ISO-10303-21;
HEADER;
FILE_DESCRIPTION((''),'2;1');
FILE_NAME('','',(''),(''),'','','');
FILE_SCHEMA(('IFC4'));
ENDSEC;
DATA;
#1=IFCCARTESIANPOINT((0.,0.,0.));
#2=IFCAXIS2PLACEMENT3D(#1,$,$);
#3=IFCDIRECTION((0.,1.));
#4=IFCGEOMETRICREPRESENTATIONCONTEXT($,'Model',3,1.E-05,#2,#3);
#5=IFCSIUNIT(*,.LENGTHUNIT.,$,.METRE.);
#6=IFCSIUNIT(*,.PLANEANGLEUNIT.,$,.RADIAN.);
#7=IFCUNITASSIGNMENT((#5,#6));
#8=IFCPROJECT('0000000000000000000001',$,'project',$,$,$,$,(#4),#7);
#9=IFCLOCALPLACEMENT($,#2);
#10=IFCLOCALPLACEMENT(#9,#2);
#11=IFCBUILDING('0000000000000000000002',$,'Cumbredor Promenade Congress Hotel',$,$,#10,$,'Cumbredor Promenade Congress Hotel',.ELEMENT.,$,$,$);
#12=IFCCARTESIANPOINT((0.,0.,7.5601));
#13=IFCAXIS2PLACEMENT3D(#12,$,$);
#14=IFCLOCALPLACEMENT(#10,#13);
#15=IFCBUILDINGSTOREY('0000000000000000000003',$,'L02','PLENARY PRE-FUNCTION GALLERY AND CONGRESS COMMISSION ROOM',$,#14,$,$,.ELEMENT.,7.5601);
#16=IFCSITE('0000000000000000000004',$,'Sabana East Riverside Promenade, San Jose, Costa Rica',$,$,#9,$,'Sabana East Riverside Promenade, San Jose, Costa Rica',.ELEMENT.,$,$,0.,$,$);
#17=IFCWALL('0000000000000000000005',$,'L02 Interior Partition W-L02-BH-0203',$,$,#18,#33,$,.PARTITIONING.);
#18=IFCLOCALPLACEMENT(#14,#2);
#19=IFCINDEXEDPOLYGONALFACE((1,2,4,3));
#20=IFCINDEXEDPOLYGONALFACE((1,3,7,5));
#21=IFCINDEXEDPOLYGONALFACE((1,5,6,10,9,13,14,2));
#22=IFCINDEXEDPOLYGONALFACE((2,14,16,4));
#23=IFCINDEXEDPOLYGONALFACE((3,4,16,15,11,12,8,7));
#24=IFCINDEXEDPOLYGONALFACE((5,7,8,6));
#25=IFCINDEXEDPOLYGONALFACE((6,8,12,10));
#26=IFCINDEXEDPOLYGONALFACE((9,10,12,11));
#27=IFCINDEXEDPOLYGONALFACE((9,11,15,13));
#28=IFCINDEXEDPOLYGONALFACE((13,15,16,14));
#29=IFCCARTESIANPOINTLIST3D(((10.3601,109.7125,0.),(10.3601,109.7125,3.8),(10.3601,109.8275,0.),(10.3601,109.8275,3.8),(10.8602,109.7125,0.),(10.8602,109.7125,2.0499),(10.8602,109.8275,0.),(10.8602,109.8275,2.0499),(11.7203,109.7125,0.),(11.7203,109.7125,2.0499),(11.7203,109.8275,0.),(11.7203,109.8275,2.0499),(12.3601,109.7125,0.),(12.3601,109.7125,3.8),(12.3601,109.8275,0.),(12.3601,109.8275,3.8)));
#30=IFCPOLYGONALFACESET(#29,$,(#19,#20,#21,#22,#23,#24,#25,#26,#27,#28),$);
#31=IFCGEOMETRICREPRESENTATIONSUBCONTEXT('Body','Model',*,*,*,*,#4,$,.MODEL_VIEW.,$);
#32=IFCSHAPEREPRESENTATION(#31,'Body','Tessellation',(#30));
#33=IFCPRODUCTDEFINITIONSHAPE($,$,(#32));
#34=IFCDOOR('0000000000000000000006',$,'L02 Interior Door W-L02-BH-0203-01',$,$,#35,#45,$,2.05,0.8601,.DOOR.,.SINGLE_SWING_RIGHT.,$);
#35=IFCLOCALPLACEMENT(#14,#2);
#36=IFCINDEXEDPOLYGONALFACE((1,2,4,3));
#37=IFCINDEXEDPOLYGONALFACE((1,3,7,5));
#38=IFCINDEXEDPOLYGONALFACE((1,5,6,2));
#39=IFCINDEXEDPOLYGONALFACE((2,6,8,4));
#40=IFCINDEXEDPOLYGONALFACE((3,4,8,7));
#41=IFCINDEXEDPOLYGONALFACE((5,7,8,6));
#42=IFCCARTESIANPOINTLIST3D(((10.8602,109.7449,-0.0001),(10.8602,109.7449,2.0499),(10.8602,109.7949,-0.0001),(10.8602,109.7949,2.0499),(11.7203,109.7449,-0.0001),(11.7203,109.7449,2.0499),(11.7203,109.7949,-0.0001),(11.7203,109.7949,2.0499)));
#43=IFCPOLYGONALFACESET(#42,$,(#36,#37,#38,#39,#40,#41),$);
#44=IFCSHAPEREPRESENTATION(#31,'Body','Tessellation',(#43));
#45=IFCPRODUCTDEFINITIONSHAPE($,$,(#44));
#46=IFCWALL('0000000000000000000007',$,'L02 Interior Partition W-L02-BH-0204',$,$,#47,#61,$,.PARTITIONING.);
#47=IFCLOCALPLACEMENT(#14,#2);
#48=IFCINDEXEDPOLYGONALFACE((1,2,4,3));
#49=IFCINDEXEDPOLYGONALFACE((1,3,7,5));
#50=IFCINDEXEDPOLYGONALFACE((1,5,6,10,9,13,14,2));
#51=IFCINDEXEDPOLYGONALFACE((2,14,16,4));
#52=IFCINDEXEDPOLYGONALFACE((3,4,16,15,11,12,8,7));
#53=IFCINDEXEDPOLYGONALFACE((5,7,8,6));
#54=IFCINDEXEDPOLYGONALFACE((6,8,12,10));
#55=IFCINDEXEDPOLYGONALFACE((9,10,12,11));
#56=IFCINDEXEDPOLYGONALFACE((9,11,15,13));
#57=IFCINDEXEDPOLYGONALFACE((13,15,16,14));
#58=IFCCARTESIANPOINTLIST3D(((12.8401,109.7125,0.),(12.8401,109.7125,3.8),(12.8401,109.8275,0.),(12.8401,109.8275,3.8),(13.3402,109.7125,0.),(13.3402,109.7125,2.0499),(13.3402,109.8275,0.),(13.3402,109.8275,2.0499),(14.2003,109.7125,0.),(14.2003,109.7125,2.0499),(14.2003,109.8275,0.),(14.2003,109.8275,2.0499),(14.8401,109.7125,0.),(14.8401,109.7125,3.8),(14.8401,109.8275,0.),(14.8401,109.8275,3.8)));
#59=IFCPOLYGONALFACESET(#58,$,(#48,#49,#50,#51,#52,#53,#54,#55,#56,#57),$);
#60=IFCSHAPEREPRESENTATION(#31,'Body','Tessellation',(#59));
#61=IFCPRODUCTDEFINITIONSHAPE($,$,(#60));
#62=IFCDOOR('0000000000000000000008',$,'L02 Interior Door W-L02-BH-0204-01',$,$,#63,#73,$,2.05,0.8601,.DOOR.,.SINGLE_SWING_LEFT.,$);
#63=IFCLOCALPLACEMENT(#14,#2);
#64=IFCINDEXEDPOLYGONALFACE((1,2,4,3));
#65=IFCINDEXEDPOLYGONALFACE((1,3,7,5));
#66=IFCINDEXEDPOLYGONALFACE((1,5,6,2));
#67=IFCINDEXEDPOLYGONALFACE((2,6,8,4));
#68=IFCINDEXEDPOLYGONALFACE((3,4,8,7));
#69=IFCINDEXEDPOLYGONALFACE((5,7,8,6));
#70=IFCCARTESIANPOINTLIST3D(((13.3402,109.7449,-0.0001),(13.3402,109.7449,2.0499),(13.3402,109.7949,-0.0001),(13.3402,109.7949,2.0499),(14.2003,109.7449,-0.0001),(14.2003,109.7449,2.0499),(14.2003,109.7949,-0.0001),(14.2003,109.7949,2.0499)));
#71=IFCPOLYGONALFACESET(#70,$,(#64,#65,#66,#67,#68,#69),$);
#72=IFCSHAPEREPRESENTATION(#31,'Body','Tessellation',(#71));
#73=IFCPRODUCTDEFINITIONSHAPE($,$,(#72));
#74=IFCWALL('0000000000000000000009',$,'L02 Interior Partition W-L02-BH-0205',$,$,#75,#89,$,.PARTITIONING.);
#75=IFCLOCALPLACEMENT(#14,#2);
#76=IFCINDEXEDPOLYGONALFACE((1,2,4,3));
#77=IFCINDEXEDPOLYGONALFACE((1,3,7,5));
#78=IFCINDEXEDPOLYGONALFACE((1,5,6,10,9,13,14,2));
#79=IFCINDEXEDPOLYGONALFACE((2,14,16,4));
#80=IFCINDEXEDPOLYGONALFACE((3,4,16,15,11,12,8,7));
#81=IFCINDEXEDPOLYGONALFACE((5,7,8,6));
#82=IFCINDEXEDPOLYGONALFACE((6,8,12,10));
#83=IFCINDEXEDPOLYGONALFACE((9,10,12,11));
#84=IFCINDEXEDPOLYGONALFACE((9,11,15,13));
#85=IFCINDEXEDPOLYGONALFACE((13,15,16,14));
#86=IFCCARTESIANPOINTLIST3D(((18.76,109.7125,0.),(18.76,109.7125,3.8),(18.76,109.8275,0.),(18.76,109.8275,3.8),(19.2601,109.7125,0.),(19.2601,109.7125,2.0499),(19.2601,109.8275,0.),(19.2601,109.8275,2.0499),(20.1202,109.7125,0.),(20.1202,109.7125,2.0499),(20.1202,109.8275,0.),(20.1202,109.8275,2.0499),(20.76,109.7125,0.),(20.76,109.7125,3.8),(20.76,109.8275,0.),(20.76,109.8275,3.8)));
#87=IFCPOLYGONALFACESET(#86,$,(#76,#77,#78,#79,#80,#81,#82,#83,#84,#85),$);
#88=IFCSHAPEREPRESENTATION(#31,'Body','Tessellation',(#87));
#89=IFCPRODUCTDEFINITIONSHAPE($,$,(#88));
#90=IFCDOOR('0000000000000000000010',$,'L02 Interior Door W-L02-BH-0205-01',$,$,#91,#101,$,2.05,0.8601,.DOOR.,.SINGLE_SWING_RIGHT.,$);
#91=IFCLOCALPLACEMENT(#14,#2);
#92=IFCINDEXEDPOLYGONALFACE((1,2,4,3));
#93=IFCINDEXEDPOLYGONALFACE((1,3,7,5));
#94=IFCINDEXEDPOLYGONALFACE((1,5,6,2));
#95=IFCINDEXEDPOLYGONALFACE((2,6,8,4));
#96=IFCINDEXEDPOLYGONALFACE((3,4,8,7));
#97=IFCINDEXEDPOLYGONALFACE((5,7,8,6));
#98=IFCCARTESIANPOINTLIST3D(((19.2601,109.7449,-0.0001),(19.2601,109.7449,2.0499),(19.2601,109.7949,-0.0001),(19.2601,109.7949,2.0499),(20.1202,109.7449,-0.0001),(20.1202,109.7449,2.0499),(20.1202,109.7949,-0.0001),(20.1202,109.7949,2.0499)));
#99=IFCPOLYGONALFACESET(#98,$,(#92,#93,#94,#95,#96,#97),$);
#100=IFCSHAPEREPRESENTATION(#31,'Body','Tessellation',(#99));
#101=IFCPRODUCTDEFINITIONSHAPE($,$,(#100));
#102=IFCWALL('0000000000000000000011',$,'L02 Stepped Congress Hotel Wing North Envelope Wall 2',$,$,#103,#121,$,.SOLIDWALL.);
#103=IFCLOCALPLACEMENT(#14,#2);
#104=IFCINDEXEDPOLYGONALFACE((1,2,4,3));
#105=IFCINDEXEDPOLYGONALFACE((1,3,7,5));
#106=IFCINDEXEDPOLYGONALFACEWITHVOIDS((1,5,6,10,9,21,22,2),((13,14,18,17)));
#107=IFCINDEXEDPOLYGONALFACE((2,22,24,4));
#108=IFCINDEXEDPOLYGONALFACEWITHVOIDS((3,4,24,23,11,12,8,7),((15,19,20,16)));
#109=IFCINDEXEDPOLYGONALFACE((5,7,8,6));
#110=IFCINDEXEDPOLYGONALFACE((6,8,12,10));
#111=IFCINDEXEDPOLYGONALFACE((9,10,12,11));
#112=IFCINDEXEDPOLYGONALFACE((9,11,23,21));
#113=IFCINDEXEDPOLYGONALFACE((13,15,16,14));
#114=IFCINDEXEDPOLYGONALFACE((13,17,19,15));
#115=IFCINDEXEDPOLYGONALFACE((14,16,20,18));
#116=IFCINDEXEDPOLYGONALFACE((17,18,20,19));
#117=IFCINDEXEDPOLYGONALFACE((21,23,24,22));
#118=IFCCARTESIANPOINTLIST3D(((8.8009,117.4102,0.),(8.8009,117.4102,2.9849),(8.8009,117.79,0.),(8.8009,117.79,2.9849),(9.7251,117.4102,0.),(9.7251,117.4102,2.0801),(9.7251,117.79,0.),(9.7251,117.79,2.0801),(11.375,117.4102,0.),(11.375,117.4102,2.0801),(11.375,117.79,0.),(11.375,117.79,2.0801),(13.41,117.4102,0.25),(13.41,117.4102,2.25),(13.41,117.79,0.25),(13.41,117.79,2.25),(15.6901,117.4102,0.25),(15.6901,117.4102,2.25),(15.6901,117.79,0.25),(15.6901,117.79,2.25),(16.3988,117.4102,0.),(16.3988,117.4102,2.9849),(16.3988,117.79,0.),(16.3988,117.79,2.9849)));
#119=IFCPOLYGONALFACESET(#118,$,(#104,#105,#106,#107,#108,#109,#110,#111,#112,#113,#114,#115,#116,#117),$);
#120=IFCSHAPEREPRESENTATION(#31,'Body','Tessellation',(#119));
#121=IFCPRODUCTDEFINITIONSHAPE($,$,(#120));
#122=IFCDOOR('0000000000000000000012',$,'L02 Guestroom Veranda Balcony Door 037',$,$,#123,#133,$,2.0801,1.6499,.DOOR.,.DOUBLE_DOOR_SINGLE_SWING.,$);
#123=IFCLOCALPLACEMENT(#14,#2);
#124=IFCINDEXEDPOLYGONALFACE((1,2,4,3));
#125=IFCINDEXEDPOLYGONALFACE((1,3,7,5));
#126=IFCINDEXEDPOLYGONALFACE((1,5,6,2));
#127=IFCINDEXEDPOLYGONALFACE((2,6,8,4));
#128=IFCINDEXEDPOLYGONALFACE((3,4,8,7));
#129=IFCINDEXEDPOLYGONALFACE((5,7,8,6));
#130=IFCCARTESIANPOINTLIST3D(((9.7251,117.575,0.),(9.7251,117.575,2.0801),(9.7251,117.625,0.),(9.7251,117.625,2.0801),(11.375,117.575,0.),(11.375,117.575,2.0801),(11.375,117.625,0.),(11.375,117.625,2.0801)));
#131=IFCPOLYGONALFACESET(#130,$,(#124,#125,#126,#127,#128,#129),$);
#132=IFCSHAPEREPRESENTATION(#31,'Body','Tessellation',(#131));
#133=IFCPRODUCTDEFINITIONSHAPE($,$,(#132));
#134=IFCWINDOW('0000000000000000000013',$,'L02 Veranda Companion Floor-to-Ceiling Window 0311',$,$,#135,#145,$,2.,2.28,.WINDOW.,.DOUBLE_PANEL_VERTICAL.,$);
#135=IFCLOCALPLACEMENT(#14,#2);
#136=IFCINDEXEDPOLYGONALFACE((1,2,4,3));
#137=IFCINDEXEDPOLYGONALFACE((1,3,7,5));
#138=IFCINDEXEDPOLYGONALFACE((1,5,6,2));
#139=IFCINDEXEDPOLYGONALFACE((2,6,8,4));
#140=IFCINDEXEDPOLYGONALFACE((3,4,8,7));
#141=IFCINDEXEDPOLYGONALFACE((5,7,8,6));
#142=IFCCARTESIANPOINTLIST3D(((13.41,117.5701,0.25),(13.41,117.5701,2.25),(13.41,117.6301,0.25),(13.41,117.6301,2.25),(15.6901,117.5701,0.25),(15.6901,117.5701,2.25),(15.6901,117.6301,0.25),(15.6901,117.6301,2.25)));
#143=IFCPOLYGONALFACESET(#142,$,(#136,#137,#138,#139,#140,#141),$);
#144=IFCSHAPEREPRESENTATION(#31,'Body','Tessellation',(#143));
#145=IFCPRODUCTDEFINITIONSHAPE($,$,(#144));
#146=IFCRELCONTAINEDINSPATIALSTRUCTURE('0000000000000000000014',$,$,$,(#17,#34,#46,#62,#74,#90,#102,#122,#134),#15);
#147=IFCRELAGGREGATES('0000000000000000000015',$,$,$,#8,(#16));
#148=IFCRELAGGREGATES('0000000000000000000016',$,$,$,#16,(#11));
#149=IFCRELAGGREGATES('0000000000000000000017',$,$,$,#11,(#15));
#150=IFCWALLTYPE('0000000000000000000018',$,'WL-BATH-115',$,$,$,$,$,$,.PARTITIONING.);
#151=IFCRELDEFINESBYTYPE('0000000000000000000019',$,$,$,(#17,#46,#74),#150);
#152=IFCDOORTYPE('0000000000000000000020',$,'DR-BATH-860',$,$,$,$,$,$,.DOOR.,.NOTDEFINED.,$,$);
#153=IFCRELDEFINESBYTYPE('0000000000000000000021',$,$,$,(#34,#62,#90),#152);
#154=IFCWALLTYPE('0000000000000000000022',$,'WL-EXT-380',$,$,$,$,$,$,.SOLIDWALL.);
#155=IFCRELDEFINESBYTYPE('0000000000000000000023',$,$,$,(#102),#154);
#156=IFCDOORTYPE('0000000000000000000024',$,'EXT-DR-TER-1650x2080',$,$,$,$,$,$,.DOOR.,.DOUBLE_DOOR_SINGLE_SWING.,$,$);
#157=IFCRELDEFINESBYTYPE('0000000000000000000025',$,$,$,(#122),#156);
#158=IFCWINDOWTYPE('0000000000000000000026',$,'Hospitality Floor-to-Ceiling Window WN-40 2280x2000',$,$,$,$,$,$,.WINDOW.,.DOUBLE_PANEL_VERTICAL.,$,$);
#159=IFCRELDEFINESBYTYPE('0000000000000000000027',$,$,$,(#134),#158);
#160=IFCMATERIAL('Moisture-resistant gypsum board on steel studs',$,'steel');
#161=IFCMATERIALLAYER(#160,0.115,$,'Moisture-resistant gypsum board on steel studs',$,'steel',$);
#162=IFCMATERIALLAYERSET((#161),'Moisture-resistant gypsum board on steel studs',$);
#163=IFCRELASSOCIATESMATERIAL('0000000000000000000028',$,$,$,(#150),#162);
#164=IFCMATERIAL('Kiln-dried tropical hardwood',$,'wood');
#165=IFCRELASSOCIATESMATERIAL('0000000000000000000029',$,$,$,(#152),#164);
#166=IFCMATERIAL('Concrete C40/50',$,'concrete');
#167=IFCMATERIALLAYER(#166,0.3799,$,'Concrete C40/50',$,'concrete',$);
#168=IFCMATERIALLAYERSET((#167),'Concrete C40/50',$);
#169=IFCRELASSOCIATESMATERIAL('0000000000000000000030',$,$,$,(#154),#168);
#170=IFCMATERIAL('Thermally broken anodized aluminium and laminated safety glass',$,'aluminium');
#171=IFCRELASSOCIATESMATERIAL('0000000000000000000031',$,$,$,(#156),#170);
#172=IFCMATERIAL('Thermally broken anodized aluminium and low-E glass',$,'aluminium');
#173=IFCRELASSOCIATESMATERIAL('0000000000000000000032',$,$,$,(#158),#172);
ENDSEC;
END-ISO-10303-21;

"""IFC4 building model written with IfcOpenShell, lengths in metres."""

from ifc_helpers import new_model, si_unit, direction, frame, frame_2d, origin, place, context, subcontext, project, spatial, rectangle, extrude, material, layer, layer_set, type_object, element, fill, save


model = new_model("IFC4")

# Units and contexts
model_context = context("Model", 3, precision=1e-05, world=origin(), true_north=direction((0.0, 1.0)))
body_context = subcontext(model_context, "Body", "Model", "MODEL_VIEW")
ifc_project = project(units=[si_unit("LENGTHUNIT", "METRE"), si_unit("PLANEANGLEUNIT", "RADIAN")], contexts=[model_context])

# Site, building, storey
site_placement = place(None, origin())
site = spatial("IfcSite", under=ifc_project, at=site_placement, Name="Sabana East Riverside Promenade, San Jose, Costa Rica", LongName="Sabana East Riverside Promenade, San Jose, Costa Rica", CompositionType="ELEMENT", RefElevation=0.0)
building_placement = place(site_placement, origin())
building = spatial("IfcBuilding", under=site, at=building_placement, Name="Cumbredor Promenade Congress Hotel", LongName="Cumbredor Promenade Congress Hotel", CompositionType="ELEMENT")
storey_placement = place(building_placement, frame((0.0, 0.0, 7.5601)))
storey = spatial("IfcBuildingStorey", under=building, at=storey_placement, Name="L02", Description="PLENARY PRE-FUNCTION GALLERY AND CONGRESS COMMISSION ROOM", CompositionType="ELEMENT", Elevation=7.5601)

# Shared definitions
ifc_material_1 = material(Name="Concrete C40/50", Category="concrete")

# Shared definitions
ifc_material_2 = material(Name="Thermally broken anodized aluminium and low-E glass", Category="aluminium")

# Shared definitions
ifc_material_3 = material(Name="Kiln-dried tropical hardwood", Category="wood")

# Walls, openings, doors
ifc_material_4 = material(Name="Moisture-resistant gypsum board on steel studs", Category="steel")
ifc_layer_1 = layer(ifc_material_4, 0.115, Name="Moisture-resistant gypsum board on steel studs", Category="steel")
ifc_layer_set_1 = layer_set([ifc_layer_1], Name="Moisture-resistant gypsum board on steel studs")
wall_type_1 = type_object("IfcWallType", Name="WL-BATH-115", PredefinedType="PARTITIONING", material=ifc_layer_set_1)
wall_1_placement = place(storey_placement, frame((10.3601, 109.77, 0.0), z_axis=(0.0, 0.0, 1.0), x_axis=(1.0, 0.0, 0.0)))
wall_1 = element("IfcWall", 1, at=wall_1_placement, inside=storey, type_object=wall_type_1, Name="L02 Interior Partition W-L02-BH-0203", PredefinedType="PARTITIONING", context=body_context, shape_type="SweptSolid", body=[
    extrude(rectangle(XDim=2.0, YDim=0.115, at=frame_2d((1.0, 0.0))), origin(), (0.0, 0.0, 1.0), 3.8),
])
opening_1_placement = place(wall_1_placement, frame((0.5, 0.0, 0.0)))
opening_1 = element("IfcOpeningElement", 2, at=opening_1_placement, cuts=wall_1, PredefinedType="OPENING", context=body_context, shape_type="SweptSolid", body=[
    extrude(rectangle(XDim=0.8601, YDim=2.05, at=frame_2d((0.4302, 1.0249))), frame((0.0, 0.0674, 0.0), z_axis=(0.0, -1.0, 0.0), x_axis=(1.0, 0.0, 0.0)), (0.0, 0.0, 1.0), 0.135),
])
door_type_1 = type_object("IfcDoorType", Name="DR-BATH-860", OperationType="NOTDEFINED", PredefinedType="DOOR", material=ifc_material_3)
door_1_placement = place(opening_1_placement, origin())
door_1 = element("IfcDoor", 3, at=door_1_placement, inside=storey, type_object=door_type_1, Name="L02 Interior Door W-L02-BH-0203-01", OperationType="SINGLE_SWING_RIGHT", OverallHeight=2.05, OverallWidth=0.8601, PredefinedType="DOOR", context=body_context, shape_type="SweptSolid", body=[
    extrude(rectangle(XDim=0.8601, YDim=2.05, at=frame_2d((0.4302, 1.0249))), frame((0.0, 0.0249, 0.0), z_axis=(0.0, -1.0, 0.0), x_axis=(1.0, 0.0, 0.0)), (0.0, 0.0, 1.0), 0.05),
])
fill(opening_1, door_1)
wall_2_placement = place(storey_placement, frame((12.8401, 109.77, 0.0), z_axis=(0.0, 0.0, 1.0), x_axis=(1.0, 0.0, 0.0)))
wall_2 = element("IfcWall", 4, at=wall_2_placement, inside=storey, type_object=wall_type_1, Name="L02 Interior Partition W-L02-BH-0204", PredefinedType="PARTITIONING", context=body_context, shape_type="SweptSolid", body=[
    extrude(rectangle(XDim=2.0, YDim=0.115, at=frame_2d((1.0, 0.0))), origin(), (0.0, 0.0, 1.0), 3.8),
])
opening_2_placement = place(wall_2_placement, frame((0.5, 0.0, 0.0)))
opening_2 = element("IfcOpeningElement", 5, at=opening_2_placement, cuts=wall_2, PredefinedType="OPENING", context=body_context, shape_type="SweptSolid", body=[
    extrude(rectangle(XDim=0.8601, YDim=2.05, at=frame_2d((0.4302, 1.0249))), frame((0.0, 0.0674, 0.0), z_axis=(0.0, -1.0, 0.0), x_axis=(1.0, 0.0, 0.0)), (0.0, 0.0, 1.0), 0.135),
])
door_2_placement = place(opening_2_placement, origin())
door_2 = element("IfcDoor", 6, at=door_2_placement, inside=storey, type_object=door_type_1, Name="L02 Interior Door W-L02-BH-0204-01", OperationType="SINGLE_SWING_LEFT", OverallHeight=2.05, OverallWidth=0.8601, PredefinedType="DOOR", context=body_context, shape_type="SweptSolid", body=[
    extrude(rectangle(XDim=0.8601, YDim=2.05, at=frame_2d((0.4302, 1.0249))), frame((0.0, 0.0249, 0.0), z_axis=(0.0, -1.0, 0.0), x_axis=(1.0, 0.0, 0.0)), (0.0, 0.0, 1.0), 0.05),
])
fill(opening_2, door_2)
wall_3_placement = place(storey_placement, frame((18.76, 109.77, 0.0), z_axis=(0.0, 0.0, 1.0), x_axis=(1.0, 0.0, 0.0)))
wall_3 = element("IfcWall", 7, at=wall_3_placement, inside=storey, type_object=wall_type_1, Name="L02 Interior Partition W-L02-BH-0205", PredefinedType="PARTITIONING", context=body_context, shape_type="SweptSolid", body=[
    extrude(rectangle(XDim=2.0, YDim=0.115, at=frame_2d((1.0, 0.0))), origin(), (0.0, 0.0, 1.0), 3.8),
])
opening_3_placement = place(wall_3_placement, frame((0.5, 0.0, 0.0)))
opening_3 = element("IfcOpeningElement", 8, at=opening_3_placement, cuts=wall_3, PredefinedType="OPENING", context=body_context, shape_type="SweptSolid", body=[
    extrude(rectangle(XDim=0.8601, YDim=2.05, at=frame_2d((0.4302, 1.0249))), frame((0.0, 0.0674, 0.0), z_axis=(0.0, -1.0, 0.0), x_axis=(1.0, 0.0, 0.0)), (0.0, 0.0, 1.0), 0.135),
])
door_3_placement = place(opening_3_placement, origin())
door_3 = element("IfcDoor", 9, at=door_3_placement, inside=storey, type_object=door_type_1, Name="L02 Interior Door W-L02-BH-0205-01", OperationType="SINGLE_SWING_RIGHT", OverallHeight=2.05, OverallWidth=0.8601, PredefinedType="DOOR", context=body_context, shape_type="SweptSolid", body=[
    extrude(rectangle(XDim=0.8601, YDim=2.05, at=frame_2d((0.4302, 1.0249))), frame((0.0, 0.0249, 0.0), z_axis=(0.0, -1.0, 0.0), x_axis=(1.0, 0.0, 0.0)), (0.0, 0.0, 1.0), 0.05),
])
fill(opening_3, door_3)

# Wall, openings, door, window
ifc_layer_2 = layer(ifc_material_1, 0.3799, Name="Concrete C40/50", Category="concrete")
ifc_layer_set_2 = layer_set([ifc_layer_2], Name="Concrete C40/50")
wall_type_2 = type_object("IfcWallType", Name="WL-EXT-380", PredefinedType="SOLIDWALL", material=ifc_layer_set_2)
wall_4_placement = place(storey_placement, frame((8.801, 117.6001, 0.0), z_axis=(0.0, 0.0, 1.0), x_axis=(1.0, 0.0, 0.0)))
wall_4 = element("IfcWall", 10, at=wall_4_placement, inside=storey, type_object=wall_type_2, Name="L02 Stepped Congress Hotel Wing North Envelope Wall 2", PredefinedType="SOLIDWALL", context=body_context, shape_type="SweptSolid", body=[
    extrude(rectangle(XDim=7.5979, YDim=0.3799, at=frame_2d((3.7988, 0.0))), origin(), (0.0, 0.0, 1.0), 2.9849),
])
opening_4_placement = place(wall_4_placement, frame((0.9241, 0.0, 0.0)))
opening_4 = element("IfcOpeningElement", 11, at=opening_4_placement, cuts=wall_4, PredefinedType="OPENING", context=body_context, shape_type="SweptSolid", body=[
    extrude(rectangle(XDim=1.6499, YDim=2.0801, at=frame_2d((0.825, 1.04))), frame((0.0, 0.2, 0.0), z_axis=(0.0, -1.0, 0.0), x_axis=(1.0, 0.0, 0.0)), (0.0, 0.0, 1.0), 0.3999),
])
opening_5_placement = place(wall_4_placement, frame((4.6089, 0.0, 0.25)))
opening_5 = element("IfcOpeningElement", 12, at=opening_5_placement, cuts=wall_4, PredefinedType="OPENING", context=body_context, shape_type="SweptSolid", body=[
    extrude(rectangle(XDim=2.28, YDim=2.0, at=frame_2d((1.1401, 1.0))), frame((0.0, 0.2, 0.0), z_axis=(0.0, -1.0, 0.0), x_axis=(1.0, 0.0, 0.0)), (0.0, 0.0, 1.0), 0.3999),
])
ifc_material_5 = material(Name="Thermally broken anodized aluminium and laminated safety glass", Category="aluminium")
door_type_2 = type_object("IfcDoorType", Name="EXT-DR-TER-1650x2080", OperationType="DOUBLE_DOOR_SINGLE_SWING", PredefinedType="DOOR", material=ifc_material_5)
door_4_placement = place(opening_4_placement, origin())
door_4 = element("IfcDoor", 13, at=door_4_placement, inside=storey, type_object=door_type_2, Name="L02 Guestroom Veranda Balcony Door 037", OperationType="DOUBLE_DOOR_SINGLE_SWING", OverallHeight=2.0801, OverallWidth=1.6499, PredefinedType="DOOR", context=body_context, shape_type="SweptSolid", body=[
    extrude(rectangle(XDim=1.6499, YDim=2.0801, at=frame_2d((0.825, 1.04))), frame((0.0, 0.0249, 0.0), z_axis=(0.0, -1.0, 0.0), x_axis=(1.0, 0.0, 0.0)), (0.0, 0.0, 1.0), 0.05),
])
fill(opening_4, door_4)
window_type_1 = type_object("IfcWindowType", Name="Hospitality Floor-to-Ceiling Window WN-40 2280x2000", PartitioningType="DOUBLE_PANEL_VERTICAL", PredefinedType="WINDOW", material=ifc_material_2)
window_1_placement = place(opening_5_placement, origin())
window_1 = element("IfcWindow", 14, at=window_1_placement, inside=storey, type_object=window_type_1, Name="L02 Veranda Companion Floor-to-Ceiling Window 0311", OverallHeight=2.0, OverallWidth=2.28, PartitioningType="DOUBLE_PANEL_VERTICAL", PredefinedType="WINDOW", context=body_context, shape_type="SweptSolid", body=[
    extrude(rectangle(XDim=2.28, YDim=2.0, at=frame_2d((1.1401, 1.0))), frame((0.0, 0.03, 0.0), z_axis=(0.0, -1.0, 0.0), x_axis=(1.0, 0.0, 0.0)), (0.0, 0.0, 1.0), 0.0601),
])
fill(opening_5, window_1)

save(model, "model.ifc")
